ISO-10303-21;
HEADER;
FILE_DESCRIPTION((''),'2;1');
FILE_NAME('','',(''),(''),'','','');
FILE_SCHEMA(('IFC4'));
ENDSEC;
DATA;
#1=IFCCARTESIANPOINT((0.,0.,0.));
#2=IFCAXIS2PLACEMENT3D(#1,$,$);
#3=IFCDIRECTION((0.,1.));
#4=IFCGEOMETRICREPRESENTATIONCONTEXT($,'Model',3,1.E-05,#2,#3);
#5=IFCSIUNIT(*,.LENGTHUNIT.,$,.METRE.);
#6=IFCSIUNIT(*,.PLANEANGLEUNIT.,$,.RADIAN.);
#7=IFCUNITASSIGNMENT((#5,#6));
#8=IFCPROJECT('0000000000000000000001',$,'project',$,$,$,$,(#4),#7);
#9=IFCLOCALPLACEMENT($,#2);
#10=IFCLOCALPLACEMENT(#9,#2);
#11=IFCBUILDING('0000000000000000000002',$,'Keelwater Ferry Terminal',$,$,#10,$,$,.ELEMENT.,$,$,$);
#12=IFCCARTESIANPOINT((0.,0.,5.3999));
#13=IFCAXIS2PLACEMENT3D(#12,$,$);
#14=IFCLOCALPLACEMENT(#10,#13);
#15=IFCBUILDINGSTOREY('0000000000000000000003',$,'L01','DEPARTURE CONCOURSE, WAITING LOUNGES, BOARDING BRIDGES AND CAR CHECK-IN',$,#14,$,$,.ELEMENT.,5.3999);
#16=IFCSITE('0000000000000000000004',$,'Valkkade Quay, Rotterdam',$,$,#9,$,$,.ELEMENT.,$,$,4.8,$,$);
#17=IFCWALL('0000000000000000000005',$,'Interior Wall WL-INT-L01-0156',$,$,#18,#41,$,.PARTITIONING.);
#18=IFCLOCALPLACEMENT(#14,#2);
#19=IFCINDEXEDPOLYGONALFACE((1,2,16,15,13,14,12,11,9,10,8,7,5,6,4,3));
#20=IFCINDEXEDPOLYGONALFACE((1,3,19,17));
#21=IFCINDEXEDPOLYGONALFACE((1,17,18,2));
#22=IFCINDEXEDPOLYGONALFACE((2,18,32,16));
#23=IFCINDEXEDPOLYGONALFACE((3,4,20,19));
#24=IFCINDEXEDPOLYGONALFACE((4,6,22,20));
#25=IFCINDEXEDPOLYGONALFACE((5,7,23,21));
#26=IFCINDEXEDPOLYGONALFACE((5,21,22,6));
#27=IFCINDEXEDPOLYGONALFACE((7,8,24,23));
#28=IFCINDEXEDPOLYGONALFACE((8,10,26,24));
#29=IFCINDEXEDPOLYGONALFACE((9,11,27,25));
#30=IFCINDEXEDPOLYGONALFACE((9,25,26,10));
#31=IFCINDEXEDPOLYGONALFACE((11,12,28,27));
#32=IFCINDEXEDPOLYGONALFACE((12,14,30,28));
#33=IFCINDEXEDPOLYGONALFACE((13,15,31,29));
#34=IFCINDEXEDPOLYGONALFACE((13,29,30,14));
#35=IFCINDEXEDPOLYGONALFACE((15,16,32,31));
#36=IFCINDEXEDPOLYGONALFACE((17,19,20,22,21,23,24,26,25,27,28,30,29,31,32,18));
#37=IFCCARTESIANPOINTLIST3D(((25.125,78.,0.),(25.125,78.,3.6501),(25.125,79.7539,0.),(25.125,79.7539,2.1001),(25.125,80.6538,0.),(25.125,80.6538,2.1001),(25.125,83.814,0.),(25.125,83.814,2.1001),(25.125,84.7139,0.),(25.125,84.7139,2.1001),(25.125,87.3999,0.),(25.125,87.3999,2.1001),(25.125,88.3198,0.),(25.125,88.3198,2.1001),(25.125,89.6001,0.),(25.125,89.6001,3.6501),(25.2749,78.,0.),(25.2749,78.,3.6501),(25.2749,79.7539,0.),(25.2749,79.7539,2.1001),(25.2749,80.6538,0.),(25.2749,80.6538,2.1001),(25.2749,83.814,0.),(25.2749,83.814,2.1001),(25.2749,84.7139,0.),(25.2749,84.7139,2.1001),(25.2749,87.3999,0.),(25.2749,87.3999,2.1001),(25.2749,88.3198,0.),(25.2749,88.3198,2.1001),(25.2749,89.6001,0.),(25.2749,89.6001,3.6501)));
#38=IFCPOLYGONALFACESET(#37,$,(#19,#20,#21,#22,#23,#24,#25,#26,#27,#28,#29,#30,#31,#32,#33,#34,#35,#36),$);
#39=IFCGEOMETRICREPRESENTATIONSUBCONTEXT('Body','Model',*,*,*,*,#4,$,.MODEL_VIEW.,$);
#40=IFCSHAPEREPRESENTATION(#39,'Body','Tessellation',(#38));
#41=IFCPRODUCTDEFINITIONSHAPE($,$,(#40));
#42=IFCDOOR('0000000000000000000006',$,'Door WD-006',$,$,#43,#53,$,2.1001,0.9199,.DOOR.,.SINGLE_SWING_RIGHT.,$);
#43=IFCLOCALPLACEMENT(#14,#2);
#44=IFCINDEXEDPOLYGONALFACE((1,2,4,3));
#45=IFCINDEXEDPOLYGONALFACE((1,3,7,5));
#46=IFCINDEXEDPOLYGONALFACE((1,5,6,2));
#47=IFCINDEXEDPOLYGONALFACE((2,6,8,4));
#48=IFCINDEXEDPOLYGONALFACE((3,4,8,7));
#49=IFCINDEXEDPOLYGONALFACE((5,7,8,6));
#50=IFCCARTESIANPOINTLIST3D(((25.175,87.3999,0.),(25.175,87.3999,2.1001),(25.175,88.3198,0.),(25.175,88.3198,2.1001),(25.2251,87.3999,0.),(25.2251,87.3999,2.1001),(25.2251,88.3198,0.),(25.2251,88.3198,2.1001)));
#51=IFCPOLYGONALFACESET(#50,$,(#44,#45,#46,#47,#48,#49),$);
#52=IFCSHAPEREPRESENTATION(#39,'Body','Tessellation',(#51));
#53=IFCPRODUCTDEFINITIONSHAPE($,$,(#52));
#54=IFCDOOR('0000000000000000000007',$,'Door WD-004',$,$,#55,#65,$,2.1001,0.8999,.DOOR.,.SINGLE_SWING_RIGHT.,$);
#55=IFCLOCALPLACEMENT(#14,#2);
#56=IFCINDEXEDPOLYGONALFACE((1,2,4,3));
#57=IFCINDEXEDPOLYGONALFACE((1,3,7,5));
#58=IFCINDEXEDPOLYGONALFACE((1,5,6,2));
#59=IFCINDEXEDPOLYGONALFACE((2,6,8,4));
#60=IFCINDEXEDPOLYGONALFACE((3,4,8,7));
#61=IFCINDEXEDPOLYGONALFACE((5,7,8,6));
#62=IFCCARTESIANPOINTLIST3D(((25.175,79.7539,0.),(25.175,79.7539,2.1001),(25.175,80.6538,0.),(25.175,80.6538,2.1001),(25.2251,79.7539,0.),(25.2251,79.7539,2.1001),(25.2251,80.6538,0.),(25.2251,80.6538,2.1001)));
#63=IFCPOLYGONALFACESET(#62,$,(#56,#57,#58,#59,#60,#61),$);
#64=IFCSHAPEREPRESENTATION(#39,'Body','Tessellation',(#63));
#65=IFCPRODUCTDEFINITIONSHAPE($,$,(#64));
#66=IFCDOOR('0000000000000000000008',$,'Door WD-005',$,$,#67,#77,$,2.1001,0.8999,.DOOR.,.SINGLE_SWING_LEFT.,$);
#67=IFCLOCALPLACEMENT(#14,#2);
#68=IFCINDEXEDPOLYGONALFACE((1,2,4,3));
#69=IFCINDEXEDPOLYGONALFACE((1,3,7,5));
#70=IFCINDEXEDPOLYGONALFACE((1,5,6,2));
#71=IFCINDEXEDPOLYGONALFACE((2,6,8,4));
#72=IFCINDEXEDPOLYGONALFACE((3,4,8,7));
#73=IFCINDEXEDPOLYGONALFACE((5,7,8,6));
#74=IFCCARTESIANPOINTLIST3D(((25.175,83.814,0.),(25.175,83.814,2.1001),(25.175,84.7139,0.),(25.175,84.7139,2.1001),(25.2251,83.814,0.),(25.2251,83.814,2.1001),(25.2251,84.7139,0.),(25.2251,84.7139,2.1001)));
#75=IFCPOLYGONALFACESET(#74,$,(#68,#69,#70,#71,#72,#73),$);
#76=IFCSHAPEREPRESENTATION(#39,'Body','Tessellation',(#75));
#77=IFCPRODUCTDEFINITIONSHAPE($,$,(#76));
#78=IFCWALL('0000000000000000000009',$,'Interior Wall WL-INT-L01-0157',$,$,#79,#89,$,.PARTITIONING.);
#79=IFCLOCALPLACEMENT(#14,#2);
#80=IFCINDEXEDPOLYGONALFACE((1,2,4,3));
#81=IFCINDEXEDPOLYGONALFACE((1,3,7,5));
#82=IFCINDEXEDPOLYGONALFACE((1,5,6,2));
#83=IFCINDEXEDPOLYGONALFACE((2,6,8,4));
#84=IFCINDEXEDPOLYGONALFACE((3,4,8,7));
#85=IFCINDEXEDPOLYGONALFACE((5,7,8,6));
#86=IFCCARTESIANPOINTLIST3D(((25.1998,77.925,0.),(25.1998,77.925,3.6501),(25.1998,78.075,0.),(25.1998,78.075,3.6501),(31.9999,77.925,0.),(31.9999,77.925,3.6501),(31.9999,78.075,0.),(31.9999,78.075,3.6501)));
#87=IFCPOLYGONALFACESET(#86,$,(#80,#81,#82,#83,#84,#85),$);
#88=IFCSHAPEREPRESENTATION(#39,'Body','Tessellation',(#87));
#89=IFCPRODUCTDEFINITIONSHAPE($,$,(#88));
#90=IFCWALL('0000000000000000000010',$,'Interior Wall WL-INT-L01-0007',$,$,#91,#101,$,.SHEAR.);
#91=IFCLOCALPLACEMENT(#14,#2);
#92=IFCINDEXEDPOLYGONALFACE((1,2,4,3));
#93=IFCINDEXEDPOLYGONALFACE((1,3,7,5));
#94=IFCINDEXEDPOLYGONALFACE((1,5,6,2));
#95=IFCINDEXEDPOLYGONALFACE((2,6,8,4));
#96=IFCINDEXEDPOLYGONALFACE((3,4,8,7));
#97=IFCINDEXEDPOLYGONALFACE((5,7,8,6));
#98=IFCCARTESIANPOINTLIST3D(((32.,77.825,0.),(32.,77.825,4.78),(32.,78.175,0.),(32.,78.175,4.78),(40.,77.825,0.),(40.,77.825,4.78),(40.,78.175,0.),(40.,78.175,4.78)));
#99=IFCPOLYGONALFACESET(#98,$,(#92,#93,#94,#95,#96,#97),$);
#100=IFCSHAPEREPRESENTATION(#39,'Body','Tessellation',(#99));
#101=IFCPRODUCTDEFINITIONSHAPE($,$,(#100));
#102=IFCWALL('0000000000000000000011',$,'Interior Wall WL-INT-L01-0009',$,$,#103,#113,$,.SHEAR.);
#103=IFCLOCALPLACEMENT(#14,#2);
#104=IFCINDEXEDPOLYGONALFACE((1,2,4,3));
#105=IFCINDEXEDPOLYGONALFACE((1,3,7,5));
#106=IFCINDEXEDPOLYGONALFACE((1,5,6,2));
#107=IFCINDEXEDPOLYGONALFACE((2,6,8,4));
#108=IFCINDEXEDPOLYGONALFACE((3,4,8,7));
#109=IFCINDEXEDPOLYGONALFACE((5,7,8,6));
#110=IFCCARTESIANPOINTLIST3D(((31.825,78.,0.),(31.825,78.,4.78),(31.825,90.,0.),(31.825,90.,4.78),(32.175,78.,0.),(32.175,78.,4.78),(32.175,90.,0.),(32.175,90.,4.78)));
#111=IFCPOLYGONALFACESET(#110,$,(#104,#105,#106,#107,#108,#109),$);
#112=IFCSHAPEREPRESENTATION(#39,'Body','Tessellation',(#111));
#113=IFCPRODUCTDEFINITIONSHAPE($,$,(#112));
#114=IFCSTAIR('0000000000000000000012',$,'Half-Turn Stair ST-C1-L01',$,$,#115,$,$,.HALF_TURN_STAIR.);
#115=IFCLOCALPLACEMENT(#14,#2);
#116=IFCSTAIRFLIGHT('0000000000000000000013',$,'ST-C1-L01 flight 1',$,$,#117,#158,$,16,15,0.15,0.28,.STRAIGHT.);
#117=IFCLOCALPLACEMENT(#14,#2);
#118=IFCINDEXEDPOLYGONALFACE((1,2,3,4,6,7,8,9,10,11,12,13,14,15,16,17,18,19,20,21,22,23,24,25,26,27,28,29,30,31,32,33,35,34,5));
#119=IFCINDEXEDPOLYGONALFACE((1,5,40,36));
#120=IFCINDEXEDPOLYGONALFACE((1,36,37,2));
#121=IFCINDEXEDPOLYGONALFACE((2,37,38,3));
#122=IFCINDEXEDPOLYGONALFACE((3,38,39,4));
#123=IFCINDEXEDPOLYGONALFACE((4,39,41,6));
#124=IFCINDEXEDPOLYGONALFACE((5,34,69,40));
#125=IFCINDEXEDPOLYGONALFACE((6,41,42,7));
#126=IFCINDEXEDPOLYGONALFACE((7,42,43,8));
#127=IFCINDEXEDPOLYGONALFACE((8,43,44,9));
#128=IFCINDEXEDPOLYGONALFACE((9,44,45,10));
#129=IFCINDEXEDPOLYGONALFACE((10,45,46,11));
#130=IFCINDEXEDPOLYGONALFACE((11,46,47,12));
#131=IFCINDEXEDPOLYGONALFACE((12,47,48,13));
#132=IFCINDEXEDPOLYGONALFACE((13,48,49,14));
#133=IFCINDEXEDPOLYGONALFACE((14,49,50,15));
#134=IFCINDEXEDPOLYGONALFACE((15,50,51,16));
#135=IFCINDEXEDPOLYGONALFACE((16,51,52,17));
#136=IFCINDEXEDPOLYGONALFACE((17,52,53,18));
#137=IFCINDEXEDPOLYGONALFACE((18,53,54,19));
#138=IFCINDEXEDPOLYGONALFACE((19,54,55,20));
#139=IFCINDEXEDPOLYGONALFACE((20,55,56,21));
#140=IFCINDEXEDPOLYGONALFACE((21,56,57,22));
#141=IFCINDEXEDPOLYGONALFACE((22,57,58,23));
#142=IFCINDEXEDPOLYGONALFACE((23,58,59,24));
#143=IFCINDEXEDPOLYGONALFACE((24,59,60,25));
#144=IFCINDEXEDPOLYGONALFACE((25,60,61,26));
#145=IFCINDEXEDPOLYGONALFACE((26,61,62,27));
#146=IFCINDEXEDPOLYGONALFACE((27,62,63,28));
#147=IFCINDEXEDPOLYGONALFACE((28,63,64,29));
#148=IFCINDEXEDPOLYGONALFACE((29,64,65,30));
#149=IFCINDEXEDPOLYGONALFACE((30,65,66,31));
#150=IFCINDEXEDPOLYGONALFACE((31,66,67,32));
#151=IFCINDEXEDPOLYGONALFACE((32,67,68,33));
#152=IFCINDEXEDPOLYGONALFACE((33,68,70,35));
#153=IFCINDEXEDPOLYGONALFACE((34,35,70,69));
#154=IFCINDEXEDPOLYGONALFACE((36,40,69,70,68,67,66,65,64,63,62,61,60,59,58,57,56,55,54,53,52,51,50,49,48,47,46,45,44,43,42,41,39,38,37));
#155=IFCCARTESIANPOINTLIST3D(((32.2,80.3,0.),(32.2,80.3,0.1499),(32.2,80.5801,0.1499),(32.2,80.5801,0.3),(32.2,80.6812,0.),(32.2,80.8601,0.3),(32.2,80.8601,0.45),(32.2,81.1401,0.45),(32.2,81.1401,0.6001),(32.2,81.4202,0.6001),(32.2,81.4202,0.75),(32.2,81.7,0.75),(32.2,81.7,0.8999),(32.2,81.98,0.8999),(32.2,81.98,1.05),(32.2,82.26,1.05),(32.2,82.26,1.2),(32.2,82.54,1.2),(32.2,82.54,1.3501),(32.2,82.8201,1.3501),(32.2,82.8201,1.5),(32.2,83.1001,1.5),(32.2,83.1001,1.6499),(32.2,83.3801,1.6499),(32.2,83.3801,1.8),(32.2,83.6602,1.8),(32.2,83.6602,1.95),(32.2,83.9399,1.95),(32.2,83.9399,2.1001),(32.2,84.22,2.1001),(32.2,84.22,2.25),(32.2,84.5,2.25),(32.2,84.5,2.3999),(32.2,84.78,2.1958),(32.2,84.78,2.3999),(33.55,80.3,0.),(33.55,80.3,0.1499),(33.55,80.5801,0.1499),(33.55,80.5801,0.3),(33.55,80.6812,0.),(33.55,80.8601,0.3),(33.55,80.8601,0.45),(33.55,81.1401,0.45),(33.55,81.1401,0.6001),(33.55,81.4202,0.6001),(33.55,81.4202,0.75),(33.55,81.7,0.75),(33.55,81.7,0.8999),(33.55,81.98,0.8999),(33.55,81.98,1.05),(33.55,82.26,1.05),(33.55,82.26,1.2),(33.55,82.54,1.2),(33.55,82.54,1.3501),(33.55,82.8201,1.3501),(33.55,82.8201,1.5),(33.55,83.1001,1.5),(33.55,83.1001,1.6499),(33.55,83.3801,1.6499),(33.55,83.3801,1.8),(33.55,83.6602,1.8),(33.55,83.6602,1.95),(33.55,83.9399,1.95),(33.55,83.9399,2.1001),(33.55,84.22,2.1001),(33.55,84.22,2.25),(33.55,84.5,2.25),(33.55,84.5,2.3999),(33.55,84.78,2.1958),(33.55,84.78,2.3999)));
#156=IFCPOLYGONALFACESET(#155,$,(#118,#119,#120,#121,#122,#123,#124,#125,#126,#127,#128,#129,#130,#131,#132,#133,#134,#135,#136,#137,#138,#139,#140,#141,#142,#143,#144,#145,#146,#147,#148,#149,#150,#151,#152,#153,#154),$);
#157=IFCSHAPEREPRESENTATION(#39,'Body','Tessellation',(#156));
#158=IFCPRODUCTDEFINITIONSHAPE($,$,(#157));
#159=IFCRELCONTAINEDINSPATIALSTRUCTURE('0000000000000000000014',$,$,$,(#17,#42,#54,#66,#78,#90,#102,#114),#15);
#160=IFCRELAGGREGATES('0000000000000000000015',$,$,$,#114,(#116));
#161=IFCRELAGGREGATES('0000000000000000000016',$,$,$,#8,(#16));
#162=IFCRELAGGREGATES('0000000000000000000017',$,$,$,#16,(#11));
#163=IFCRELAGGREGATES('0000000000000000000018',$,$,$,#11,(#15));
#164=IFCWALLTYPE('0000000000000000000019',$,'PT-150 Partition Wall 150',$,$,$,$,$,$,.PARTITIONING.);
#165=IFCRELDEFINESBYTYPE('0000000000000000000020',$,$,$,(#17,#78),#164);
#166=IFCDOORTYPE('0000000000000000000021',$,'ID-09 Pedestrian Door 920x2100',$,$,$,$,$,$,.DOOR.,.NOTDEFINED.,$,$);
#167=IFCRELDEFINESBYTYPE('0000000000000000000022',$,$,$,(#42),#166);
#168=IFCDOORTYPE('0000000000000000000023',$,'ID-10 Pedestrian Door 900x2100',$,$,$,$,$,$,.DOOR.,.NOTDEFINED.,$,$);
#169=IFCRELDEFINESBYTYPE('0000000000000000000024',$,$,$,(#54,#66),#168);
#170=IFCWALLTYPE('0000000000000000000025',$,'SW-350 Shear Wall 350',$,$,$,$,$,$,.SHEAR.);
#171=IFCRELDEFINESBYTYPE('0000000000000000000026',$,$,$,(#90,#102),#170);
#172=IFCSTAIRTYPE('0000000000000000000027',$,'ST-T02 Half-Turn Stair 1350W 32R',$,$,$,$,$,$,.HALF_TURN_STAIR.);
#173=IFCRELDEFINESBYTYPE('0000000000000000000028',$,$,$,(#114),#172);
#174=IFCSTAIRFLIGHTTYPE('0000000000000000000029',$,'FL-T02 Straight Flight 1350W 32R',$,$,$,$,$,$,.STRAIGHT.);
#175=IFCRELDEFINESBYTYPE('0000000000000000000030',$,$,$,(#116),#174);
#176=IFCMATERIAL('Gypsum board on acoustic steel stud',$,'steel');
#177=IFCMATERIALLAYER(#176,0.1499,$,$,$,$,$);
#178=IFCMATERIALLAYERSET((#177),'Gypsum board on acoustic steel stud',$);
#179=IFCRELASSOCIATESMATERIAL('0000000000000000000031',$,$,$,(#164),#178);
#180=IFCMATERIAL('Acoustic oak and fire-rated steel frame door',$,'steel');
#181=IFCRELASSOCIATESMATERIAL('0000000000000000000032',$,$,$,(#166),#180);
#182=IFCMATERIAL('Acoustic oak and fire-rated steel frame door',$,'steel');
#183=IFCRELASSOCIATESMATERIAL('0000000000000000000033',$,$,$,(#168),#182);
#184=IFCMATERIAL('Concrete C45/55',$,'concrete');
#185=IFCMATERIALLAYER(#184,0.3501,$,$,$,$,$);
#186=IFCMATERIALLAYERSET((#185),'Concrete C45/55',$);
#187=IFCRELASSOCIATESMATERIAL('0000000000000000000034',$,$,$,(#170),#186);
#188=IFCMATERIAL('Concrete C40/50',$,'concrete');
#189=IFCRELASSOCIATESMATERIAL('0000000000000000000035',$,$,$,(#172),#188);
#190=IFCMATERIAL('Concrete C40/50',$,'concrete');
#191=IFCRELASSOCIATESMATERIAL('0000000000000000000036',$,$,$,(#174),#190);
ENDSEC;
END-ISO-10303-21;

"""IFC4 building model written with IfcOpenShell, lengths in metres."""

from ifc_helpers import new_model, si_unit, direction, frame, frame_2d, origin, place, context, subcontext, project, spatial, polyline, rectangle, outline, extrude, material, layer, layer_set, type_object, element, fill, aggregate, save


model = new_model("IFC4")

# Units and contexts
model_context = context("Model", 3, precision=1e-05, world=origin(), true_north=direction((0.0, 1.0)))
body_context = subcontext(model_context, "Body", "Model", "MODEL_VIEW")
ifc_project = project(units=[si_unit("LENGTHUNIT", "METRE"), si_unit("PLANEANGLEUNIT", "RADIAN")], contexts=[model_context])

# Site, building, storey
site_placement = place(None, origin())
site = spatial("IfcSite", under=ifc_project, at=site_placement, Name="Valkkade Quay, Rotterdam", CompositionType="ELEMENT", RefElevation=4.8)
building_placement = place(site_placement, origin())
building = spatial("IfcBuilding", under=site, at=building_placement, Name="Keelwater Ferry Terminal", CompositionType="ELEMENT")
storey_placement = place(building_placement, frame((0.0, 0.0, 5.3999)))
storey = spatial("IfcBuildingStorey", under=building, at=storey_placement, Name="L01", Description="DEPARTURE CONCOURSE, WAITING LOUNGES, BOARDING BRIDGES AND CAR CHECK-IN", CompositionType="ELEMENT", Elevation=5.3999)

# Wall, openings, doors
ifc_material_1 = material(Name="Gypsum board on acoustic steel stud", Category="steel")
ifc_layer_1 = layer(ifc_material_1, 0.1499)
ifc_layer_set_1 = layer_set([ifc_layer_1], Name="Gypsum board on acoustic steel stud")
wall_type_1 = type_object("IfcWallType", Name="PT-150 Partition Wall 150", PredefinedType="PARTITIONING", material=ifc_layer_set_1)
wall_1_placement = place(storey_placement, frame((25.2, 78.0, 0.0), z_axis=(0.0, 0.0, 1.0), x_axis=(0.0, 1.0, 0.0)))
wall_1 = element("IfcWall", 1, at=wall_1_placement, inside=storey, type_object=wall_type_1, Name="Interior Wall WL-INT-L01-0156", PredefinedType="PARTITIONING", context=body_context, shape_type="SweptSolid", body=[
    extrude(rectangle(XDim=11.6001, YDim=0.1499, at=frame_2d((5.8, 0.0))), origin(), (0.0, 0.0, 1.0), 3.6501),
])
opening_1_placement = place(wall_1_placement, frame((1.7539, 0.0, 0.0)))
opening_1 = element("IfcOpeningElement", 2, at=opening_1_placement, cuts=wall_1, PredefinedType="OPENING", context=body_context, shape_type="SweptSolid", body=[
    extrude(rectangle(XDim=0.8999, YDim=2.1001, at=frame_2d((0.45, 1.05))), frame((0.0, 0.085, 0.0), z_axis=(0.0, -1.0, 0.0), x_axis=(1.0, 0.0, 0.0)), (0.0, 0.0, 1.0), 0.1699),
])
opening_2_placement = place(wall_1_placement, frame((5.814, 0.0, 0.0)))
opening_2 = element("IfcOpeningElement", 3, at=opening_2_placement, cuts=wall_1, PredefinedType="OPENING", context=body_context, shape_type="SweptSolid", body=[
    extrude(rectangle(XDim=0.8999, YDim=2.1001, at=frame_2d((0.45, 1.05))), frame((0.0, 0.085, 0.0), z_axis=(0.0, -1.0, 0.0), x_axis=(1.0, 0.0, 0.0)), (0.0, 0.0, 1.0), 0.1699),
])
opening_3_placement = place(wall_1_placement, frame((9.3999, 0.0, 0.0)))
opening_3 = element("IfcOpeningElement", 4, at=opening_3_placement, cuts=wall_1, PredefinedType="OPENING", context=body_context, shape_type="SweptSolid", body=[
    extrude(rectangle(XDim=0.9199, YDim=2.1001, at=frame_2d((0.46, 1.05))), frame((0.0, 0.085, 0.0), z_axis=(0.0, -1.0, 0.0), x_axis=(1.0, 0.0, 0.0)), (0.0, 0.0, 1.0), 0.1699),
])
ifc_material_2 = material(Name="Acoustic oak and fire-rated steel frame door", Category="steel")
door_type_1 = type_object("IfcDoorType", Name="ID-09 Pedestrian Door 920x2100", OperationType="NOTDEFINED", PredefinedType="DOOR", material=ifc_material_2)
door_1_placement = place(opening_3_placement, origin())
door_1 = element("IfcDoor", 5, at=door_1_placement, inside=storey, type_object=door_type_1, Name="Door WD-006", OperationType="SINGLE_SWING_RIGHT", OverallHeight=2.1001, OverallWidth=0.9199, PredefinedType="DOOR", context=body_context, shape_type="SweptSolid", body=[
    extrude(rectangle(XDim=0.9199, YDim=2.1001, at=frame_2d((0.46, 1.05))), frame((0.0, 0.0249, 0.0), z_axis=(0.0, -1.0, 0.0), x_axis=(1.0, 0.0, 0.0)), (0.0, 0.0, 1.0), 0.05),
])
fill(opening_3, door_1)
ifc_material_3 = material(Name="Acoustic oak and fire-rated steel frame door", Category="steel")
door_type_2 = type_object("IfcDoorType", Name="ID-10 Pedestrian Door 900x2100", OperationType="NOTDEFINED", PredefinedType="DOOR", material=ifc_material_3)
door_2_placement = place(opening_1_placement, origin())
door_2 = element("IfcDoor", 6, at=door_2_placement, inside=storey, type_object=door_type_2, Name="Door WD-004", OperationType="SINGLE_SWING_RIGHT", OverallHeight=2.1001, OverallWidth=0.8999, PredefinedType="DOOR", context=body_context, shape_type="SweptSolid", body=[
    extrude(rectangle(XDim=0.8999, YDim=2.1001, at=frame_2d((0.45, 1.05))), frame((0.0, 0.0249, 0.0), z_axis=(0.0, -1.0, 0.0), x_axis=(1.0, 0.0, 0.0)), (0.0, 0.0, 1.0), 0.05),
])
fill(opening_1, door_2)
door_3_placement = place(opening_2_placement, origin())
door_3 = element("IfcDoor", 7, at=door_3_placement, inside=storey, type_object=door_type_2, Name="Door WD-005", OperationType="SINGLE_SWING_LEFT", OverallHeight=2.1001, OverallWidth=0.8999, PredefinedType="DOOR", context=body_context, shape_type="SweptSolid", body=[
    extrude(rectangle(XDim=0.8999, YDim=2.1001, at=frame_2d((0.45, 1.05))), frame((0.0, 0.0249, 0.0), z_axis=(0.0, -1.0, 0.0), x_axis=(1.0, 0.0, 0.0)), (0.0, 0.0, 1.0), 0.05),
])
fill(opening_2, door_3)

# Walls
wall_2_placement = place(storey_placement, frame((25.2, 78.0, 0.0), z_axis=(0.0, 0.0, 1.0), x_axis=(1.0, 0.0, 0.0)))
element("IfcWall", 8, at=wall_2_placement, inside=storey, type_object=wall_type_1, Name="Interior Wall WL-INT-L01-0157", PredefinedType="PARTITIONING", context=body_context, shape_type="SweptSolid", body=[
    extrude(rectangle(XDim=6.8, YDim=0.1499, at=frame_2d((3.3999, 0.0))), origin(), (0.0, 0.0, 1.0), 3.6501),
])
ifc_material_4 = material(Name="Concrete C45/55", Category="concrete")
ifc_layer_2 = layer(ifc_material_4, 0.3501)
ifc_layer_set_2 = layer_set([ifc_layer_2], Name="Concrete C45/55")
wall_type_2 = type_object("IfcWallType", Name="SW-350 Shear Wall 350", PredefinedType="SHEAR", material=ifc_layer_set_2)
wall_3_placement = place(storey_placement, frame((32.0, 78.0, 0.0), z_axis=(0.0, 0.0, 1.0), x_axis=(1.0, 0.0, 0.0)))
element("IfcWall", 9, at=wall_3_placement, inside=storey, type_object=wall_type_2, Name="Interior Wall WL-INT-L01-0007", PredefinedType="SHEAR", context=body_context, shape_type="SweptSolid", body=[
    extrude(rectangle(XDim=8.0, YDim=0.3501, at=frame_2d((4.0, 0.0))), origin(), (0.0, 0.0, 1.0), 4.78),
])
wall_4_placement = place(storey_placement, frame((32.0, 78.0, 0.0), z_axis=(0.0, 0.0, 1.0), x_axis=(0.0, 1.0, 0.0)))
element("IfcWall", 10, at=wall_4_placement, inside=storey, type_object=wall_type_2, Name="Interior Wall WL-INT-L01-0009", PredefinedType="SHEAR", context=body_context, shape_type="SweptSolid", body=[
    extrude(rectangle(XDim=12.0, YDim=0.3501, at=frame_2d((6.0, 0.0))), origin(), (0.0, 0.0, 1.0), 4.78),
])

# Stair, stair flight
ifc_material_5 = material(Name="Concrete C40/50", Category="concrete")
stair_type = type_object("IfcStairType", Name="ST-T02 Half-Turn Stair 1350W 32R", PredefinedType="HALF_TURN_STAIR", material=ifc_material_5)
stair_placement = place(storey_placement, origin())
stair = element("IfcStair", 11, at=stair_placement, inside=storey, type_object=stair_type, Name="Half-Turn Stair ST-C1-L01", PredefinedType="HALF_TURN_STAIR")
ifc_material_6 = material(Name="Concrete C40/50", Category="concrete")
stair_flight_type = type_object("IfcStairFlightType", Name="FL-T02 Straight Flight 1350W 32R", PredefinedType="STRAIGHT", material=ifc_material_6)
stair_flight_1_placement = place(storey_placement, frame((32.875, 80.3, 0.0), z_axis=(0.0, 0.0, 1.0), x_axis=(0.0, 1.0, 0.0)))
stair_flight_1 = element("IfcStairFlight", 12, at=stair_flight_1_placement, type_object=stair_flight_type, Name="ST-C1-L01 flight 1", NumberOfRisers=16, NumberOfTreads=15, PredefinedType="STRAIGHT", RiserHeight=0.15, TreadLength=0.28, context=body_context, shape_type="SweptSolid", body=[
    extrude(outline(polyline([(0.0, 0.0), (0.0, 0.1499), (0.28, 0.1499), (0.28, 0.3), (0.5601, 0.3), (0.5601, 0.45), (0.8401, 0.45), (0.8401, 0.6001), (1.1201, 0.6001), (1.1201, 0.75), (1.3999, 0.75), (1.3999, 0.8999), (1.6799, 0.8999), (1.6799, 1.05), (1.96, 1.05), (1.96, 1.2), (2.24, 1.2), (2.24, 1.3501), (2.52, 1.3501), (2.52, 1.5), (2.8, 1.5), (2.8, 1.6499), (3.0801, 1.6499), (3.0801, 1.8), (3.3601, 1.8), (3.3601, 1.95), (3.6399, 1.95), (3.6399, 2.1001), (3.9199, 2.1001), (3.9199, 2.25), (4.2, 2.25), (4.2, 2.3999), (4.48, 2.3999), (4.48, 2.1958), (0.3811, 0.0), (0.0, 0.0)])), frame((0.0, 0.675, 0.0), z_axis=(0.0, -1.0, 0.0), x_axis=(1.0, 0.0, 0.0)), (0.0, 0.0, 1.0), 1.3501),
])
aggregate(stair, [stair_flight_1])

save(model, "model.ifc")
